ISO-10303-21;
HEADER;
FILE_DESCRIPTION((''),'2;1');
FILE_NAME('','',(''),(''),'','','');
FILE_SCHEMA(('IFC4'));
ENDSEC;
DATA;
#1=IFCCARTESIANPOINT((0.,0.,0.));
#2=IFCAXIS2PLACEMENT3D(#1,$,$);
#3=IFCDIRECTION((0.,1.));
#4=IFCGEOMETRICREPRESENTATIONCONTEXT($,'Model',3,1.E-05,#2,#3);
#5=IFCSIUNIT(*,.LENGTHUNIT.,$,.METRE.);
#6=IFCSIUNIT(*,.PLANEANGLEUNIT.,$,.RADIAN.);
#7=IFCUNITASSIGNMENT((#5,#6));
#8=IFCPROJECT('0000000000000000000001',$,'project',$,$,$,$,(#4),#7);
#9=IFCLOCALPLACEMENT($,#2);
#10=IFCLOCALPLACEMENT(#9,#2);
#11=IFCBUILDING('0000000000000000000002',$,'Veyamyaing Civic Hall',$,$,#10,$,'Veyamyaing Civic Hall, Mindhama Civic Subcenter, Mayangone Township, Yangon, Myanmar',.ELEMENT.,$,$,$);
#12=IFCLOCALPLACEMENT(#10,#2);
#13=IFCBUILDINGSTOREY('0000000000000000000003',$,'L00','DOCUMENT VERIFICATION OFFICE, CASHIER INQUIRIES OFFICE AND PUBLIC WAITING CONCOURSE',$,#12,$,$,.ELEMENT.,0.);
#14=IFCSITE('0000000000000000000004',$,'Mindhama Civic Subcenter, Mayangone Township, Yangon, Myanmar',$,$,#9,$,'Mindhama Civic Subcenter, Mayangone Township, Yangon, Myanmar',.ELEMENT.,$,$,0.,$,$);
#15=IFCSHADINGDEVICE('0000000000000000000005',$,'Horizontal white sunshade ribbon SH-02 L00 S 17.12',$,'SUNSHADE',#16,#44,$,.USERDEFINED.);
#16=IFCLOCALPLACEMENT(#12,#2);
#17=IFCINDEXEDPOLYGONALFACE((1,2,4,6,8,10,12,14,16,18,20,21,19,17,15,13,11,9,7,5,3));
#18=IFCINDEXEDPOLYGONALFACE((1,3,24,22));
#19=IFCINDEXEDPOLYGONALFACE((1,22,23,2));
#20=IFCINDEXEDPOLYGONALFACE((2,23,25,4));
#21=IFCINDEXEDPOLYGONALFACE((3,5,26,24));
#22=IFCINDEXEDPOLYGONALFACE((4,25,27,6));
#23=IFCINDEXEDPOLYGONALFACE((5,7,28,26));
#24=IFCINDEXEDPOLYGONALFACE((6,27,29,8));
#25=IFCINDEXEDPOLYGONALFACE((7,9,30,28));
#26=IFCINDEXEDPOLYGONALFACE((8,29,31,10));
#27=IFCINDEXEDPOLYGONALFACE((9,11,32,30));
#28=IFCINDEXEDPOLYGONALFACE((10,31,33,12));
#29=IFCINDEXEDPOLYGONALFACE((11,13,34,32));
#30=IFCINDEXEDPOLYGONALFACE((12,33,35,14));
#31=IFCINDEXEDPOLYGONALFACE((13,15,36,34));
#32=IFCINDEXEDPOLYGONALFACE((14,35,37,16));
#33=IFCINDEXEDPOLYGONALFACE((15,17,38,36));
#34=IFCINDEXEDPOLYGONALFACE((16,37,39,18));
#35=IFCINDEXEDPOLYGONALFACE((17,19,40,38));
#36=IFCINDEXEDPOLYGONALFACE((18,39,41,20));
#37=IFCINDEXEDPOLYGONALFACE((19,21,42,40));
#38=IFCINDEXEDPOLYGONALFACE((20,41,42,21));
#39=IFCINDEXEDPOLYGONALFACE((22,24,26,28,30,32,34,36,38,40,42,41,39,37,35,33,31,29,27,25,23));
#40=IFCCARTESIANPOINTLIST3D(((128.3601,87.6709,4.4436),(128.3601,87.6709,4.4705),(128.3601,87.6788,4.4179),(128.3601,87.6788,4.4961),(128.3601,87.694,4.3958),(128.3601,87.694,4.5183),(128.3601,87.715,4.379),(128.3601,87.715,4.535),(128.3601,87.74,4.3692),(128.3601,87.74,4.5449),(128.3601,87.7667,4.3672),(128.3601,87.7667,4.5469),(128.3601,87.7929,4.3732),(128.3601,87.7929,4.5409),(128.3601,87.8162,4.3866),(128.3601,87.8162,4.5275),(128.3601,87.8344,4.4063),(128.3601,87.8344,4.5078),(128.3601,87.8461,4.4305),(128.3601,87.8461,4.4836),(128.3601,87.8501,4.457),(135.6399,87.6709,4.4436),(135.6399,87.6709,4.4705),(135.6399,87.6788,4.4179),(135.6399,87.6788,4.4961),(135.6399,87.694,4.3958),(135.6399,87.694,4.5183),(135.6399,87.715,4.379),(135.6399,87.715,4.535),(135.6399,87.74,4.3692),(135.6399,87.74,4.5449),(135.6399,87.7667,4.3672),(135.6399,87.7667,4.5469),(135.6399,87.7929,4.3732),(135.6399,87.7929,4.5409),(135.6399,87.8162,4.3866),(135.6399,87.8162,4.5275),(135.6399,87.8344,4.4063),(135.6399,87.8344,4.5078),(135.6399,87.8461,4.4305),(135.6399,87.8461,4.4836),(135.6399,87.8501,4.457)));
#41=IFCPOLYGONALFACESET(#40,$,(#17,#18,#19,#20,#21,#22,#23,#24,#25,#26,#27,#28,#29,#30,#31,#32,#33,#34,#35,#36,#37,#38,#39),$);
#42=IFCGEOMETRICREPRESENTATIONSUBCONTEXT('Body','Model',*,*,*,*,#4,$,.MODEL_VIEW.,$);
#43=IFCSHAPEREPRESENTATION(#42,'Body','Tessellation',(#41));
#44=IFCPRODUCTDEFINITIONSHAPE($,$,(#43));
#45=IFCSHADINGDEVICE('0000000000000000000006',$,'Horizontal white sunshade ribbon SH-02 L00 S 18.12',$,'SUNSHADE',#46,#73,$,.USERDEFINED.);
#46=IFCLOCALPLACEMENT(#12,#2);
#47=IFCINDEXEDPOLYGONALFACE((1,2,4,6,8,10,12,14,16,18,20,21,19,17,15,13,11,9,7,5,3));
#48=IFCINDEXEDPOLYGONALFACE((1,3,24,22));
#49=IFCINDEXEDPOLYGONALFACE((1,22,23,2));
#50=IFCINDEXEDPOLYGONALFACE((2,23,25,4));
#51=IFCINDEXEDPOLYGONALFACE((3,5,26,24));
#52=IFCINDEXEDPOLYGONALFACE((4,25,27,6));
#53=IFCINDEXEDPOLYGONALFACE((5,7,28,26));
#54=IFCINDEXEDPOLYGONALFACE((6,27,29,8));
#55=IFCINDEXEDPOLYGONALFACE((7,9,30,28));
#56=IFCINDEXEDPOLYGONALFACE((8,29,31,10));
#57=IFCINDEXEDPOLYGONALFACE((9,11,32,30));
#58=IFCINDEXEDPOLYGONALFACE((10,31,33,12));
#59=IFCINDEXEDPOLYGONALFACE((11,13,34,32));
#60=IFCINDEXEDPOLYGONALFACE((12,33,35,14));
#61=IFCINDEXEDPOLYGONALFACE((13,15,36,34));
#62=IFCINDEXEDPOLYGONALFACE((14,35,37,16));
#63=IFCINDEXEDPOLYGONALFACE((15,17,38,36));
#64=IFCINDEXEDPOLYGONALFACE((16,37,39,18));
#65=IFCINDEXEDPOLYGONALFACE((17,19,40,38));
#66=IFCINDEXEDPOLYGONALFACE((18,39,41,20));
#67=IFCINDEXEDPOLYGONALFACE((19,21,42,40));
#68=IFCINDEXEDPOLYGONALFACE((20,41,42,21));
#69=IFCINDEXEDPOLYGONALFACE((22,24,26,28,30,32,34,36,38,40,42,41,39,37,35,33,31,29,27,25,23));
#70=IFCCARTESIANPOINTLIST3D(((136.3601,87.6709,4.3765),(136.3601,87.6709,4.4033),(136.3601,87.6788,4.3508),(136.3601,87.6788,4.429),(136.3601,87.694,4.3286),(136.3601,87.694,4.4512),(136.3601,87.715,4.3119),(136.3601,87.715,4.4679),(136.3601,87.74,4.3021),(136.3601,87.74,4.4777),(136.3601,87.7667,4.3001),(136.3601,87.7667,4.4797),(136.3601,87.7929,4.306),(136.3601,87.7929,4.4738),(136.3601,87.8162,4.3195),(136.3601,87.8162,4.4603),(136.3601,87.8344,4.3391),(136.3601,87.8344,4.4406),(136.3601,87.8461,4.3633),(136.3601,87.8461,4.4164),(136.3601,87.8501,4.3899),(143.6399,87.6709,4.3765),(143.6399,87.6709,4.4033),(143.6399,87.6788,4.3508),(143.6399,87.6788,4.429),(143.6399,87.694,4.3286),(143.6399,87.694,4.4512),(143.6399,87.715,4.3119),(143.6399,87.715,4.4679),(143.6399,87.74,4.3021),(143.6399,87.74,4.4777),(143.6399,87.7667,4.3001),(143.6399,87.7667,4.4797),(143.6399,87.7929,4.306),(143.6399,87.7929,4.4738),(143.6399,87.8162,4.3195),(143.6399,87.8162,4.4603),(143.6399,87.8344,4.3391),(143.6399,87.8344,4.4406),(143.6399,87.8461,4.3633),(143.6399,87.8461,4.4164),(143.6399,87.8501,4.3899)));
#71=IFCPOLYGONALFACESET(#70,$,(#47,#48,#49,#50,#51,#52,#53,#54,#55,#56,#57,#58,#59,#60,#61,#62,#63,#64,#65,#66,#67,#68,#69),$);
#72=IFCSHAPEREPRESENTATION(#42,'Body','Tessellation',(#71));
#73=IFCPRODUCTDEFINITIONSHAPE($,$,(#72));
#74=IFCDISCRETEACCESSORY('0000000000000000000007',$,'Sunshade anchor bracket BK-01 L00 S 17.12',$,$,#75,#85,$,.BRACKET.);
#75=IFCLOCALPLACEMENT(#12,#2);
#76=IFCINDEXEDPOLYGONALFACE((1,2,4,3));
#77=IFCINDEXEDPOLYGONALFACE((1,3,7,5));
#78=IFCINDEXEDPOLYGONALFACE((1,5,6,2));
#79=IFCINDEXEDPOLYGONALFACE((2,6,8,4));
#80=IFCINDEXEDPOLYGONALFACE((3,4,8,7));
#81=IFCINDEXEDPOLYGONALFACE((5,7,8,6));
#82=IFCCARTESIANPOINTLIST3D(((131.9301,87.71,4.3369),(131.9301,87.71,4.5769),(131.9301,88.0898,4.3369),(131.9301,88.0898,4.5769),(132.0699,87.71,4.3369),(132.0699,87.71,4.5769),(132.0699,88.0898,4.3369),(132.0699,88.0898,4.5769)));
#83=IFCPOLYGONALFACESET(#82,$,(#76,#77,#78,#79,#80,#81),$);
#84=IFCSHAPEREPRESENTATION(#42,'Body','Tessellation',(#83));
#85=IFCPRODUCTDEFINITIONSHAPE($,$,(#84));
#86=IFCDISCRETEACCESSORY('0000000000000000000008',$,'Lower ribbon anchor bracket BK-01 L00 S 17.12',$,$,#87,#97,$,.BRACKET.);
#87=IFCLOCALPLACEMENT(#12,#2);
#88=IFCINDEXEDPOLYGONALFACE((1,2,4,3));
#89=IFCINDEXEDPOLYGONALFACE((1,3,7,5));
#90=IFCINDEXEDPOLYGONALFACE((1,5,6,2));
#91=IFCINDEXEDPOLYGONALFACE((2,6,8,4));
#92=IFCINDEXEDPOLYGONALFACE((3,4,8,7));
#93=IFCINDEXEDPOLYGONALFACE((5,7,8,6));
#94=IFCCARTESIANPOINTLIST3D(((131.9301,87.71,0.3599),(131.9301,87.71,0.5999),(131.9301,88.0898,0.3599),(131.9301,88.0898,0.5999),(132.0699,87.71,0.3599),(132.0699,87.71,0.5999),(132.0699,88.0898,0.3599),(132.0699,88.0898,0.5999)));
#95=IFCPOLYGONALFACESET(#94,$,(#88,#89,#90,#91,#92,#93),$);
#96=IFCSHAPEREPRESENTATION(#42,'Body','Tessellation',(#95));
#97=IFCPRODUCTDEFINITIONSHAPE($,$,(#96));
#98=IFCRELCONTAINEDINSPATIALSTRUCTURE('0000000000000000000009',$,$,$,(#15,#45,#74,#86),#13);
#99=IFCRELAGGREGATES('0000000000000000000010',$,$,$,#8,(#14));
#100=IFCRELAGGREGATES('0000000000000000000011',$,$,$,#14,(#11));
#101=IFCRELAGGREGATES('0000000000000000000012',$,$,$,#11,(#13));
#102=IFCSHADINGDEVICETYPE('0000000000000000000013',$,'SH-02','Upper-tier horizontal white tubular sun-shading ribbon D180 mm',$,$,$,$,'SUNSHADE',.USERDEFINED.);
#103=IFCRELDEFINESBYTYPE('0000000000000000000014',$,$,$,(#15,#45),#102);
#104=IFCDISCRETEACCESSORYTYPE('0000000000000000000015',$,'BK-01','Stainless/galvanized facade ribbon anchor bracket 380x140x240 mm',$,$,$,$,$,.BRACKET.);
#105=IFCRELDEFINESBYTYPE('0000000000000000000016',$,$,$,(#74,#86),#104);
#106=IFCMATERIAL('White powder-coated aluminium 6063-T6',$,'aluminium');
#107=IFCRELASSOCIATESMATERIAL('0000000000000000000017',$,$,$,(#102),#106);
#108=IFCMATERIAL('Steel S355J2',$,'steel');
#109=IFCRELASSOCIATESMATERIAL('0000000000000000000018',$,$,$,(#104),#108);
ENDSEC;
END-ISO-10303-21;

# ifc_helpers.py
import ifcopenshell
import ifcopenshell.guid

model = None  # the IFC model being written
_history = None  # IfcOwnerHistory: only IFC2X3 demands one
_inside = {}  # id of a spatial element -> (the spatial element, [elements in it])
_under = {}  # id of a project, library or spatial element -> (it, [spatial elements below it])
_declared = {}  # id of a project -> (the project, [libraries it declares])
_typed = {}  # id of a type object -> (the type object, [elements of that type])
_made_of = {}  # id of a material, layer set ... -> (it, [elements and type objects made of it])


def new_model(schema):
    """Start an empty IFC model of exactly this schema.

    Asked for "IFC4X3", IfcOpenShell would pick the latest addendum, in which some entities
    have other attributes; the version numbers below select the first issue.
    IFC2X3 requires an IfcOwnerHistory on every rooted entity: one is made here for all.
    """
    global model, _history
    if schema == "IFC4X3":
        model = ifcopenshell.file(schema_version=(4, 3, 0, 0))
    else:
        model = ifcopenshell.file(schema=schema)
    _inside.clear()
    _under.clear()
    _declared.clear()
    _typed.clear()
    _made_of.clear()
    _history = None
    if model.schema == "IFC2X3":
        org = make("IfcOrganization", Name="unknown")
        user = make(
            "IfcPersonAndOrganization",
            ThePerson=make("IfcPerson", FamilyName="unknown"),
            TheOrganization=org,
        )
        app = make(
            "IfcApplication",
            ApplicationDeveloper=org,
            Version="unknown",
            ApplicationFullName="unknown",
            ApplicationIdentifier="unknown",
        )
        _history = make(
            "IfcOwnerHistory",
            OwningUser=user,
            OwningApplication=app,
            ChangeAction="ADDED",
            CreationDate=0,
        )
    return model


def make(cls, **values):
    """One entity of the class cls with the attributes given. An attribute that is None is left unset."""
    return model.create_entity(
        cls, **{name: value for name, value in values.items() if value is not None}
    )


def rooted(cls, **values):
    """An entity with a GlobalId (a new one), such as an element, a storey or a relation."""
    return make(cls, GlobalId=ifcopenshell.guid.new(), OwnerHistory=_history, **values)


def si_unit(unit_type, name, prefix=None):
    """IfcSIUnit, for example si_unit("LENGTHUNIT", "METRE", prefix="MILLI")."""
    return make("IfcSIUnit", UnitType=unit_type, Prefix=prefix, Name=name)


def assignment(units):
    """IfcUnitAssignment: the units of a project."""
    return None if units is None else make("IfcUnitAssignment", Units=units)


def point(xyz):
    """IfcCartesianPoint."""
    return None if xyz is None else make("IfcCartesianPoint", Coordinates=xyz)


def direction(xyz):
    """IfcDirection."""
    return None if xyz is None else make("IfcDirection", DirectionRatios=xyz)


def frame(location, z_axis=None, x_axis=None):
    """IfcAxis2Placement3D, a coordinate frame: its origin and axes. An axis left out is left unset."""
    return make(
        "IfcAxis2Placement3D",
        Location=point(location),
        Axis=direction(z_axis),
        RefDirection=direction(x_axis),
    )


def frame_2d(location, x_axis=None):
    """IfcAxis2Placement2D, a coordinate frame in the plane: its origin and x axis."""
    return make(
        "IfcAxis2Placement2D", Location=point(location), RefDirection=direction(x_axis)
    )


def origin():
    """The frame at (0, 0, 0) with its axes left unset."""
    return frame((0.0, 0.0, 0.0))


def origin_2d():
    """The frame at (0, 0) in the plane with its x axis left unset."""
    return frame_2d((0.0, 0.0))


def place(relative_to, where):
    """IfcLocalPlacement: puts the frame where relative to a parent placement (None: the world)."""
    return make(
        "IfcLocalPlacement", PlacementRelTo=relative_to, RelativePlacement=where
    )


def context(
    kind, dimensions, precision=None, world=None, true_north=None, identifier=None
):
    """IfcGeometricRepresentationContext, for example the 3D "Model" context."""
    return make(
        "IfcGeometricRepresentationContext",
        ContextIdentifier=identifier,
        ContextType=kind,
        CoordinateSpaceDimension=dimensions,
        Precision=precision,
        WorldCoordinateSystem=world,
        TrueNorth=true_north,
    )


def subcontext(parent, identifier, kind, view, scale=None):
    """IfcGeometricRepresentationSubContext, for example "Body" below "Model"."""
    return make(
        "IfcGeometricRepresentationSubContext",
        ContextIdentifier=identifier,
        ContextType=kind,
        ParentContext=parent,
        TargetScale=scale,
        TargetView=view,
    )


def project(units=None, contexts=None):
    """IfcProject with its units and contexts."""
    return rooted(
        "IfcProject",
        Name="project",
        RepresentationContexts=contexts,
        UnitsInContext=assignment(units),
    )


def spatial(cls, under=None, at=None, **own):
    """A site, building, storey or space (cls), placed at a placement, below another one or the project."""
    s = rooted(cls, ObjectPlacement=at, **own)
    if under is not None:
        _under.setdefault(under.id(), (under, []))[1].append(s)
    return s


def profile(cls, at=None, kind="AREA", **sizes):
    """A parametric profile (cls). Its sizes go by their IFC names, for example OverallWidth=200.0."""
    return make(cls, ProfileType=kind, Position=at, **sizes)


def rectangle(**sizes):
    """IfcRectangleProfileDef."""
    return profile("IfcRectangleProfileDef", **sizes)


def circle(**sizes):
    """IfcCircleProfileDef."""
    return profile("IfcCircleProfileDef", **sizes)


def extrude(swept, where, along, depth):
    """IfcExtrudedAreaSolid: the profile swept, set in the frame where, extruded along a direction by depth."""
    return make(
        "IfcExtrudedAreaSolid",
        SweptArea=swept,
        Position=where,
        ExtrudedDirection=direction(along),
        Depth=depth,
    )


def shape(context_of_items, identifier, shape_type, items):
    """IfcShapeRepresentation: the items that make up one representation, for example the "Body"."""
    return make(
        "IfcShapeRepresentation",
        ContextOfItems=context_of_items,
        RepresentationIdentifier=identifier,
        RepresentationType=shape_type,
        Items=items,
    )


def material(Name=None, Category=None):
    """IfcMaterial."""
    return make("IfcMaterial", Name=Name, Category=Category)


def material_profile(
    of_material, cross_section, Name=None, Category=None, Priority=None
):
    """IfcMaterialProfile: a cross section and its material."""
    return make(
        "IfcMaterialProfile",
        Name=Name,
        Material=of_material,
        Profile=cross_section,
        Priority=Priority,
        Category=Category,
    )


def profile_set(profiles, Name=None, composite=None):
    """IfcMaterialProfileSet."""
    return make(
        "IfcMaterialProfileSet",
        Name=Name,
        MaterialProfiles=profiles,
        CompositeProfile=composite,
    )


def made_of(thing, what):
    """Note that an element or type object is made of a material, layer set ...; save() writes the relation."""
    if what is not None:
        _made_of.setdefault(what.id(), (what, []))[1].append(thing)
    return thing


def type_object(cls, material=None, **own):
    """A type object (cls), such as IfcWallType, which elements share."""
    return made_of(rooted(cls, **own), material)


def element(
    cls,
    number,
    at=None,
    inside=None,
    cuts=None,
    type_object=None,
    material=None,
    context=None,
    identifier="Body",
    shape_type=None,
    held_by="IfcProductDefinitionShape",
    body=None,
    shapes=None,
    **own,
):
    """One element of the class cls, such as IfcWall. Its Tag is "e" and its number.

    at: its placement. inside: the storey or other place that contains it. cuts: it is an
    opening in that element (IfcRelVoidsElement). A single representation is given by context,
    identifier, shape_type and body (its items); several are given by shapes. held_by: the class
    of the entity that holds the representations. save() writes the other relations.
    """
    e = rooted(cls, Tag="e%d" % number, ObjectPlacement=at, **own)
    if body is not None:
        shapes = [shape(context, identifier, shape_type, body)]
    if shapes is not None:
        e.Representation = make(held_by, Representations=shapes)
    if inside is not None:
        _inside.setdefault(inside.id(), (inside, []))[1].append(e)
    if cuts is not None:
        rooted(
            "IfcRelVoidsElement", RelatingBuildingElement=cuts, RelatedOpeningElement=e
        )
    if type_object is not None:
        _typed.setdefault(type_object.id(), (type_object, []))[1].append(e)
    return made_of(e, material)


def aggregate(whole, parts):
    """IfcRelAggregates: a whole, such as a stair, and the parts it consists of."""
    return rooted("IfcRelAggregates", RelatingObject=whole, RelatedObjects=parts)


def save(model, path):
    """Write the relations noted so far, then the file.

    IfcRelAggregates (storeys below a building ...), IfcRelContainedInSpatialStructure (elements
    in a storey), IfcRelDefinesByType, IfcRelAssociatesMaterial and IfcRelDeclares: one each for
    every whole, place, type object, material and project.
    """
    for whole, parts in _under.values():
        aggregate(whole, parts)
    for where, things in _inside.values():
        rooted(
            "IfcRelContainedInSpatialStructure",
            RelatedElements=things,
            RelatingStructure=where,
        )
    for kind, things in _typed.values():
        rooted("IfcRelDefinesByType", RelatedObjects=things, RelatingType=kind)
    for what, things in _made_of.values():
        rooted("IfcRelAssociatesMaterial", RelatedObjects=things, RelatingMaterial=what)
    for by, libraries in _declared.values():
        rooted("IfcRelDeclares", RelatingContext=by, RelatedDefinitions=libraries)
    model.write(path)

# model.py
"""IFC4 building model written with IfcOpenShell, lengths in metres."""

from ifc_helpers import new_model, si_unit, direction, frame, origin, origin_2d, place, context, subcontext, project, spatial, rectangle, circle, extrude, material, material_profile, profile_set, type_object, element, save


model = new_model("IFC4")

# Units and contexts
model_context = context("Model", 3, precision=1e-05, world=origin(), true_north=direction((0.0, 1.0)))
body_context = subcontext(model_context, "Body", "Model", "MODEL_VIEW")
ifc_project = project(units=[si_unit("LENGTHUNIT", "METRE"), si_unit("PLANEANGLEUNIT", "RADIAN")], contexts=[model_context])

# Site, building, storey
site_placement = place(None, origin())
site = spatial("IfcSite", under=ifc_project, at=site_placement, Name="Mindhama Civic Subcenter, Mayangone Township, Yangon, Myanmar", LongName="Mindhama Civic Subcenter, Mayangone Township, Yangon, Myanmar", CompositionType="ELEMENT", RefElevation=0.0)
building_placement = place(site_placement, origin())
building = spatial("IfcBuilding", under=site, at=building_placement, Name="Veyamyaing Civic Hall", LongName="Veyamyaing Civic Hall, Mindhama Civic Subcenter, Mayangone Township, Yangon, Myanmar", CompositionType="ELEMENT")
storey_placement = place(building_placement, origin())
storey = spatial("IfcBuildingStorey", under=building, at=storey_placement, Name="L00", Description="DOCUMENT VERIFICATION OFFICE, CASHIER INQUIRIES OFFICE AND PUBLIC WAITING CONCOURSE", CompositionType="ELEMENT", Elevation=0.0)

# Shared definitions
ifc_material_1 = material(Name="White powder-coated aluminium 6063-T6", Category="aluminium")

# Shading devices
ifc_material_profile_1 = material_profile(ifc_material_1, circle(Radius=0.0901, at=origin_2d()), Name="SHADE-TUBE-180")
ifc_profile_set_1 = profile_set([ifc_material_profile_1], Name="White powder-coated aluminium 6063-T6")
shading_device_type = type_object("IfcShadingDeviceType", Name="SH-02", Description="Upper-tier horizontal white tubular sun-shading ribbon D180 mm", ElementType="SUNSHADE", PredefinedType="USERDEFINED", material=ifc_profile_set_1)
for number, where, z_axis, x_axis, name in (
    (1, (128.3601, 87.76, 4.457), (1.0, 0.0, 0.0), (0.0, 1.0, 0.0), "Horizontal white sunshade ribbon SH-02 L00 S 17.12"),
    (2, (136.3601, 87.76, 4.3899), (1.0, 0.0, 0.0), (0.0, 1.0, 0.0), "Horizontal white sunshade ribbon SH-02 L00 S 18.12"),
):
    element("IfcShadingDevice", number, at=place(storey_placement, frame(where, z_axis=z_axis, x_axis=x_axis)), inside=storey, type_object=shading_device_type, Name=name, ObjectType="SUNSHADE", PredefinedType="USERDEFINED", context=body_context, shape_type="SweptSolid", body=[
        extrude(circle(Radius=0.0901, at=origin_2d()), origin(), (0.0, 0.0, 1.0), 7.2798),
    ])

# Discrete accessories
ifc_material_2 = material(Name="Steel S355J2", Category="steel")
discrete_accessory_type = type_object("IfcDiscreteAccessoryType", Name="BK-01", Description="Stainless/galvanized facade ribbon anchor bracket 380x140x240 mm", PredefinedType="BRACKET", material=ifc_material_2)
for number, where, z_axis, x_axis, name in (
    (3, (132.0, 87.8999, 4.3369), (0.0, 0.0, 1.0), (0.0, -1.0, 0.0), "Sunshade anchor bracket BK-01 L00 S 17.12"),
    (4, (132.0, 87.8999, 0.3599), (0.0, 0.0, 1.0), (0.0, -1.0, 0.0), "Lower ribbon anchor bracket BK-01 L00 S 17.12"),
):
    element("IfcDiscreteAccessory", number, at=place(storey_placement, frame(where, z_axis=z_axis, x_axis=x_axis)), inside=storey, type_object=discrete_accessory_type, Name=name, PredefinedType="BRACKET", context=body_context, shape_type="SweptSolid", body=[
        extrude(rectangle(XDim=0.3799, YDim=0.1399, at=origin_2d()), origin(), (0.0, 0.0, 1.0), 0.24),
    ])

save(model, "model.ifc")
